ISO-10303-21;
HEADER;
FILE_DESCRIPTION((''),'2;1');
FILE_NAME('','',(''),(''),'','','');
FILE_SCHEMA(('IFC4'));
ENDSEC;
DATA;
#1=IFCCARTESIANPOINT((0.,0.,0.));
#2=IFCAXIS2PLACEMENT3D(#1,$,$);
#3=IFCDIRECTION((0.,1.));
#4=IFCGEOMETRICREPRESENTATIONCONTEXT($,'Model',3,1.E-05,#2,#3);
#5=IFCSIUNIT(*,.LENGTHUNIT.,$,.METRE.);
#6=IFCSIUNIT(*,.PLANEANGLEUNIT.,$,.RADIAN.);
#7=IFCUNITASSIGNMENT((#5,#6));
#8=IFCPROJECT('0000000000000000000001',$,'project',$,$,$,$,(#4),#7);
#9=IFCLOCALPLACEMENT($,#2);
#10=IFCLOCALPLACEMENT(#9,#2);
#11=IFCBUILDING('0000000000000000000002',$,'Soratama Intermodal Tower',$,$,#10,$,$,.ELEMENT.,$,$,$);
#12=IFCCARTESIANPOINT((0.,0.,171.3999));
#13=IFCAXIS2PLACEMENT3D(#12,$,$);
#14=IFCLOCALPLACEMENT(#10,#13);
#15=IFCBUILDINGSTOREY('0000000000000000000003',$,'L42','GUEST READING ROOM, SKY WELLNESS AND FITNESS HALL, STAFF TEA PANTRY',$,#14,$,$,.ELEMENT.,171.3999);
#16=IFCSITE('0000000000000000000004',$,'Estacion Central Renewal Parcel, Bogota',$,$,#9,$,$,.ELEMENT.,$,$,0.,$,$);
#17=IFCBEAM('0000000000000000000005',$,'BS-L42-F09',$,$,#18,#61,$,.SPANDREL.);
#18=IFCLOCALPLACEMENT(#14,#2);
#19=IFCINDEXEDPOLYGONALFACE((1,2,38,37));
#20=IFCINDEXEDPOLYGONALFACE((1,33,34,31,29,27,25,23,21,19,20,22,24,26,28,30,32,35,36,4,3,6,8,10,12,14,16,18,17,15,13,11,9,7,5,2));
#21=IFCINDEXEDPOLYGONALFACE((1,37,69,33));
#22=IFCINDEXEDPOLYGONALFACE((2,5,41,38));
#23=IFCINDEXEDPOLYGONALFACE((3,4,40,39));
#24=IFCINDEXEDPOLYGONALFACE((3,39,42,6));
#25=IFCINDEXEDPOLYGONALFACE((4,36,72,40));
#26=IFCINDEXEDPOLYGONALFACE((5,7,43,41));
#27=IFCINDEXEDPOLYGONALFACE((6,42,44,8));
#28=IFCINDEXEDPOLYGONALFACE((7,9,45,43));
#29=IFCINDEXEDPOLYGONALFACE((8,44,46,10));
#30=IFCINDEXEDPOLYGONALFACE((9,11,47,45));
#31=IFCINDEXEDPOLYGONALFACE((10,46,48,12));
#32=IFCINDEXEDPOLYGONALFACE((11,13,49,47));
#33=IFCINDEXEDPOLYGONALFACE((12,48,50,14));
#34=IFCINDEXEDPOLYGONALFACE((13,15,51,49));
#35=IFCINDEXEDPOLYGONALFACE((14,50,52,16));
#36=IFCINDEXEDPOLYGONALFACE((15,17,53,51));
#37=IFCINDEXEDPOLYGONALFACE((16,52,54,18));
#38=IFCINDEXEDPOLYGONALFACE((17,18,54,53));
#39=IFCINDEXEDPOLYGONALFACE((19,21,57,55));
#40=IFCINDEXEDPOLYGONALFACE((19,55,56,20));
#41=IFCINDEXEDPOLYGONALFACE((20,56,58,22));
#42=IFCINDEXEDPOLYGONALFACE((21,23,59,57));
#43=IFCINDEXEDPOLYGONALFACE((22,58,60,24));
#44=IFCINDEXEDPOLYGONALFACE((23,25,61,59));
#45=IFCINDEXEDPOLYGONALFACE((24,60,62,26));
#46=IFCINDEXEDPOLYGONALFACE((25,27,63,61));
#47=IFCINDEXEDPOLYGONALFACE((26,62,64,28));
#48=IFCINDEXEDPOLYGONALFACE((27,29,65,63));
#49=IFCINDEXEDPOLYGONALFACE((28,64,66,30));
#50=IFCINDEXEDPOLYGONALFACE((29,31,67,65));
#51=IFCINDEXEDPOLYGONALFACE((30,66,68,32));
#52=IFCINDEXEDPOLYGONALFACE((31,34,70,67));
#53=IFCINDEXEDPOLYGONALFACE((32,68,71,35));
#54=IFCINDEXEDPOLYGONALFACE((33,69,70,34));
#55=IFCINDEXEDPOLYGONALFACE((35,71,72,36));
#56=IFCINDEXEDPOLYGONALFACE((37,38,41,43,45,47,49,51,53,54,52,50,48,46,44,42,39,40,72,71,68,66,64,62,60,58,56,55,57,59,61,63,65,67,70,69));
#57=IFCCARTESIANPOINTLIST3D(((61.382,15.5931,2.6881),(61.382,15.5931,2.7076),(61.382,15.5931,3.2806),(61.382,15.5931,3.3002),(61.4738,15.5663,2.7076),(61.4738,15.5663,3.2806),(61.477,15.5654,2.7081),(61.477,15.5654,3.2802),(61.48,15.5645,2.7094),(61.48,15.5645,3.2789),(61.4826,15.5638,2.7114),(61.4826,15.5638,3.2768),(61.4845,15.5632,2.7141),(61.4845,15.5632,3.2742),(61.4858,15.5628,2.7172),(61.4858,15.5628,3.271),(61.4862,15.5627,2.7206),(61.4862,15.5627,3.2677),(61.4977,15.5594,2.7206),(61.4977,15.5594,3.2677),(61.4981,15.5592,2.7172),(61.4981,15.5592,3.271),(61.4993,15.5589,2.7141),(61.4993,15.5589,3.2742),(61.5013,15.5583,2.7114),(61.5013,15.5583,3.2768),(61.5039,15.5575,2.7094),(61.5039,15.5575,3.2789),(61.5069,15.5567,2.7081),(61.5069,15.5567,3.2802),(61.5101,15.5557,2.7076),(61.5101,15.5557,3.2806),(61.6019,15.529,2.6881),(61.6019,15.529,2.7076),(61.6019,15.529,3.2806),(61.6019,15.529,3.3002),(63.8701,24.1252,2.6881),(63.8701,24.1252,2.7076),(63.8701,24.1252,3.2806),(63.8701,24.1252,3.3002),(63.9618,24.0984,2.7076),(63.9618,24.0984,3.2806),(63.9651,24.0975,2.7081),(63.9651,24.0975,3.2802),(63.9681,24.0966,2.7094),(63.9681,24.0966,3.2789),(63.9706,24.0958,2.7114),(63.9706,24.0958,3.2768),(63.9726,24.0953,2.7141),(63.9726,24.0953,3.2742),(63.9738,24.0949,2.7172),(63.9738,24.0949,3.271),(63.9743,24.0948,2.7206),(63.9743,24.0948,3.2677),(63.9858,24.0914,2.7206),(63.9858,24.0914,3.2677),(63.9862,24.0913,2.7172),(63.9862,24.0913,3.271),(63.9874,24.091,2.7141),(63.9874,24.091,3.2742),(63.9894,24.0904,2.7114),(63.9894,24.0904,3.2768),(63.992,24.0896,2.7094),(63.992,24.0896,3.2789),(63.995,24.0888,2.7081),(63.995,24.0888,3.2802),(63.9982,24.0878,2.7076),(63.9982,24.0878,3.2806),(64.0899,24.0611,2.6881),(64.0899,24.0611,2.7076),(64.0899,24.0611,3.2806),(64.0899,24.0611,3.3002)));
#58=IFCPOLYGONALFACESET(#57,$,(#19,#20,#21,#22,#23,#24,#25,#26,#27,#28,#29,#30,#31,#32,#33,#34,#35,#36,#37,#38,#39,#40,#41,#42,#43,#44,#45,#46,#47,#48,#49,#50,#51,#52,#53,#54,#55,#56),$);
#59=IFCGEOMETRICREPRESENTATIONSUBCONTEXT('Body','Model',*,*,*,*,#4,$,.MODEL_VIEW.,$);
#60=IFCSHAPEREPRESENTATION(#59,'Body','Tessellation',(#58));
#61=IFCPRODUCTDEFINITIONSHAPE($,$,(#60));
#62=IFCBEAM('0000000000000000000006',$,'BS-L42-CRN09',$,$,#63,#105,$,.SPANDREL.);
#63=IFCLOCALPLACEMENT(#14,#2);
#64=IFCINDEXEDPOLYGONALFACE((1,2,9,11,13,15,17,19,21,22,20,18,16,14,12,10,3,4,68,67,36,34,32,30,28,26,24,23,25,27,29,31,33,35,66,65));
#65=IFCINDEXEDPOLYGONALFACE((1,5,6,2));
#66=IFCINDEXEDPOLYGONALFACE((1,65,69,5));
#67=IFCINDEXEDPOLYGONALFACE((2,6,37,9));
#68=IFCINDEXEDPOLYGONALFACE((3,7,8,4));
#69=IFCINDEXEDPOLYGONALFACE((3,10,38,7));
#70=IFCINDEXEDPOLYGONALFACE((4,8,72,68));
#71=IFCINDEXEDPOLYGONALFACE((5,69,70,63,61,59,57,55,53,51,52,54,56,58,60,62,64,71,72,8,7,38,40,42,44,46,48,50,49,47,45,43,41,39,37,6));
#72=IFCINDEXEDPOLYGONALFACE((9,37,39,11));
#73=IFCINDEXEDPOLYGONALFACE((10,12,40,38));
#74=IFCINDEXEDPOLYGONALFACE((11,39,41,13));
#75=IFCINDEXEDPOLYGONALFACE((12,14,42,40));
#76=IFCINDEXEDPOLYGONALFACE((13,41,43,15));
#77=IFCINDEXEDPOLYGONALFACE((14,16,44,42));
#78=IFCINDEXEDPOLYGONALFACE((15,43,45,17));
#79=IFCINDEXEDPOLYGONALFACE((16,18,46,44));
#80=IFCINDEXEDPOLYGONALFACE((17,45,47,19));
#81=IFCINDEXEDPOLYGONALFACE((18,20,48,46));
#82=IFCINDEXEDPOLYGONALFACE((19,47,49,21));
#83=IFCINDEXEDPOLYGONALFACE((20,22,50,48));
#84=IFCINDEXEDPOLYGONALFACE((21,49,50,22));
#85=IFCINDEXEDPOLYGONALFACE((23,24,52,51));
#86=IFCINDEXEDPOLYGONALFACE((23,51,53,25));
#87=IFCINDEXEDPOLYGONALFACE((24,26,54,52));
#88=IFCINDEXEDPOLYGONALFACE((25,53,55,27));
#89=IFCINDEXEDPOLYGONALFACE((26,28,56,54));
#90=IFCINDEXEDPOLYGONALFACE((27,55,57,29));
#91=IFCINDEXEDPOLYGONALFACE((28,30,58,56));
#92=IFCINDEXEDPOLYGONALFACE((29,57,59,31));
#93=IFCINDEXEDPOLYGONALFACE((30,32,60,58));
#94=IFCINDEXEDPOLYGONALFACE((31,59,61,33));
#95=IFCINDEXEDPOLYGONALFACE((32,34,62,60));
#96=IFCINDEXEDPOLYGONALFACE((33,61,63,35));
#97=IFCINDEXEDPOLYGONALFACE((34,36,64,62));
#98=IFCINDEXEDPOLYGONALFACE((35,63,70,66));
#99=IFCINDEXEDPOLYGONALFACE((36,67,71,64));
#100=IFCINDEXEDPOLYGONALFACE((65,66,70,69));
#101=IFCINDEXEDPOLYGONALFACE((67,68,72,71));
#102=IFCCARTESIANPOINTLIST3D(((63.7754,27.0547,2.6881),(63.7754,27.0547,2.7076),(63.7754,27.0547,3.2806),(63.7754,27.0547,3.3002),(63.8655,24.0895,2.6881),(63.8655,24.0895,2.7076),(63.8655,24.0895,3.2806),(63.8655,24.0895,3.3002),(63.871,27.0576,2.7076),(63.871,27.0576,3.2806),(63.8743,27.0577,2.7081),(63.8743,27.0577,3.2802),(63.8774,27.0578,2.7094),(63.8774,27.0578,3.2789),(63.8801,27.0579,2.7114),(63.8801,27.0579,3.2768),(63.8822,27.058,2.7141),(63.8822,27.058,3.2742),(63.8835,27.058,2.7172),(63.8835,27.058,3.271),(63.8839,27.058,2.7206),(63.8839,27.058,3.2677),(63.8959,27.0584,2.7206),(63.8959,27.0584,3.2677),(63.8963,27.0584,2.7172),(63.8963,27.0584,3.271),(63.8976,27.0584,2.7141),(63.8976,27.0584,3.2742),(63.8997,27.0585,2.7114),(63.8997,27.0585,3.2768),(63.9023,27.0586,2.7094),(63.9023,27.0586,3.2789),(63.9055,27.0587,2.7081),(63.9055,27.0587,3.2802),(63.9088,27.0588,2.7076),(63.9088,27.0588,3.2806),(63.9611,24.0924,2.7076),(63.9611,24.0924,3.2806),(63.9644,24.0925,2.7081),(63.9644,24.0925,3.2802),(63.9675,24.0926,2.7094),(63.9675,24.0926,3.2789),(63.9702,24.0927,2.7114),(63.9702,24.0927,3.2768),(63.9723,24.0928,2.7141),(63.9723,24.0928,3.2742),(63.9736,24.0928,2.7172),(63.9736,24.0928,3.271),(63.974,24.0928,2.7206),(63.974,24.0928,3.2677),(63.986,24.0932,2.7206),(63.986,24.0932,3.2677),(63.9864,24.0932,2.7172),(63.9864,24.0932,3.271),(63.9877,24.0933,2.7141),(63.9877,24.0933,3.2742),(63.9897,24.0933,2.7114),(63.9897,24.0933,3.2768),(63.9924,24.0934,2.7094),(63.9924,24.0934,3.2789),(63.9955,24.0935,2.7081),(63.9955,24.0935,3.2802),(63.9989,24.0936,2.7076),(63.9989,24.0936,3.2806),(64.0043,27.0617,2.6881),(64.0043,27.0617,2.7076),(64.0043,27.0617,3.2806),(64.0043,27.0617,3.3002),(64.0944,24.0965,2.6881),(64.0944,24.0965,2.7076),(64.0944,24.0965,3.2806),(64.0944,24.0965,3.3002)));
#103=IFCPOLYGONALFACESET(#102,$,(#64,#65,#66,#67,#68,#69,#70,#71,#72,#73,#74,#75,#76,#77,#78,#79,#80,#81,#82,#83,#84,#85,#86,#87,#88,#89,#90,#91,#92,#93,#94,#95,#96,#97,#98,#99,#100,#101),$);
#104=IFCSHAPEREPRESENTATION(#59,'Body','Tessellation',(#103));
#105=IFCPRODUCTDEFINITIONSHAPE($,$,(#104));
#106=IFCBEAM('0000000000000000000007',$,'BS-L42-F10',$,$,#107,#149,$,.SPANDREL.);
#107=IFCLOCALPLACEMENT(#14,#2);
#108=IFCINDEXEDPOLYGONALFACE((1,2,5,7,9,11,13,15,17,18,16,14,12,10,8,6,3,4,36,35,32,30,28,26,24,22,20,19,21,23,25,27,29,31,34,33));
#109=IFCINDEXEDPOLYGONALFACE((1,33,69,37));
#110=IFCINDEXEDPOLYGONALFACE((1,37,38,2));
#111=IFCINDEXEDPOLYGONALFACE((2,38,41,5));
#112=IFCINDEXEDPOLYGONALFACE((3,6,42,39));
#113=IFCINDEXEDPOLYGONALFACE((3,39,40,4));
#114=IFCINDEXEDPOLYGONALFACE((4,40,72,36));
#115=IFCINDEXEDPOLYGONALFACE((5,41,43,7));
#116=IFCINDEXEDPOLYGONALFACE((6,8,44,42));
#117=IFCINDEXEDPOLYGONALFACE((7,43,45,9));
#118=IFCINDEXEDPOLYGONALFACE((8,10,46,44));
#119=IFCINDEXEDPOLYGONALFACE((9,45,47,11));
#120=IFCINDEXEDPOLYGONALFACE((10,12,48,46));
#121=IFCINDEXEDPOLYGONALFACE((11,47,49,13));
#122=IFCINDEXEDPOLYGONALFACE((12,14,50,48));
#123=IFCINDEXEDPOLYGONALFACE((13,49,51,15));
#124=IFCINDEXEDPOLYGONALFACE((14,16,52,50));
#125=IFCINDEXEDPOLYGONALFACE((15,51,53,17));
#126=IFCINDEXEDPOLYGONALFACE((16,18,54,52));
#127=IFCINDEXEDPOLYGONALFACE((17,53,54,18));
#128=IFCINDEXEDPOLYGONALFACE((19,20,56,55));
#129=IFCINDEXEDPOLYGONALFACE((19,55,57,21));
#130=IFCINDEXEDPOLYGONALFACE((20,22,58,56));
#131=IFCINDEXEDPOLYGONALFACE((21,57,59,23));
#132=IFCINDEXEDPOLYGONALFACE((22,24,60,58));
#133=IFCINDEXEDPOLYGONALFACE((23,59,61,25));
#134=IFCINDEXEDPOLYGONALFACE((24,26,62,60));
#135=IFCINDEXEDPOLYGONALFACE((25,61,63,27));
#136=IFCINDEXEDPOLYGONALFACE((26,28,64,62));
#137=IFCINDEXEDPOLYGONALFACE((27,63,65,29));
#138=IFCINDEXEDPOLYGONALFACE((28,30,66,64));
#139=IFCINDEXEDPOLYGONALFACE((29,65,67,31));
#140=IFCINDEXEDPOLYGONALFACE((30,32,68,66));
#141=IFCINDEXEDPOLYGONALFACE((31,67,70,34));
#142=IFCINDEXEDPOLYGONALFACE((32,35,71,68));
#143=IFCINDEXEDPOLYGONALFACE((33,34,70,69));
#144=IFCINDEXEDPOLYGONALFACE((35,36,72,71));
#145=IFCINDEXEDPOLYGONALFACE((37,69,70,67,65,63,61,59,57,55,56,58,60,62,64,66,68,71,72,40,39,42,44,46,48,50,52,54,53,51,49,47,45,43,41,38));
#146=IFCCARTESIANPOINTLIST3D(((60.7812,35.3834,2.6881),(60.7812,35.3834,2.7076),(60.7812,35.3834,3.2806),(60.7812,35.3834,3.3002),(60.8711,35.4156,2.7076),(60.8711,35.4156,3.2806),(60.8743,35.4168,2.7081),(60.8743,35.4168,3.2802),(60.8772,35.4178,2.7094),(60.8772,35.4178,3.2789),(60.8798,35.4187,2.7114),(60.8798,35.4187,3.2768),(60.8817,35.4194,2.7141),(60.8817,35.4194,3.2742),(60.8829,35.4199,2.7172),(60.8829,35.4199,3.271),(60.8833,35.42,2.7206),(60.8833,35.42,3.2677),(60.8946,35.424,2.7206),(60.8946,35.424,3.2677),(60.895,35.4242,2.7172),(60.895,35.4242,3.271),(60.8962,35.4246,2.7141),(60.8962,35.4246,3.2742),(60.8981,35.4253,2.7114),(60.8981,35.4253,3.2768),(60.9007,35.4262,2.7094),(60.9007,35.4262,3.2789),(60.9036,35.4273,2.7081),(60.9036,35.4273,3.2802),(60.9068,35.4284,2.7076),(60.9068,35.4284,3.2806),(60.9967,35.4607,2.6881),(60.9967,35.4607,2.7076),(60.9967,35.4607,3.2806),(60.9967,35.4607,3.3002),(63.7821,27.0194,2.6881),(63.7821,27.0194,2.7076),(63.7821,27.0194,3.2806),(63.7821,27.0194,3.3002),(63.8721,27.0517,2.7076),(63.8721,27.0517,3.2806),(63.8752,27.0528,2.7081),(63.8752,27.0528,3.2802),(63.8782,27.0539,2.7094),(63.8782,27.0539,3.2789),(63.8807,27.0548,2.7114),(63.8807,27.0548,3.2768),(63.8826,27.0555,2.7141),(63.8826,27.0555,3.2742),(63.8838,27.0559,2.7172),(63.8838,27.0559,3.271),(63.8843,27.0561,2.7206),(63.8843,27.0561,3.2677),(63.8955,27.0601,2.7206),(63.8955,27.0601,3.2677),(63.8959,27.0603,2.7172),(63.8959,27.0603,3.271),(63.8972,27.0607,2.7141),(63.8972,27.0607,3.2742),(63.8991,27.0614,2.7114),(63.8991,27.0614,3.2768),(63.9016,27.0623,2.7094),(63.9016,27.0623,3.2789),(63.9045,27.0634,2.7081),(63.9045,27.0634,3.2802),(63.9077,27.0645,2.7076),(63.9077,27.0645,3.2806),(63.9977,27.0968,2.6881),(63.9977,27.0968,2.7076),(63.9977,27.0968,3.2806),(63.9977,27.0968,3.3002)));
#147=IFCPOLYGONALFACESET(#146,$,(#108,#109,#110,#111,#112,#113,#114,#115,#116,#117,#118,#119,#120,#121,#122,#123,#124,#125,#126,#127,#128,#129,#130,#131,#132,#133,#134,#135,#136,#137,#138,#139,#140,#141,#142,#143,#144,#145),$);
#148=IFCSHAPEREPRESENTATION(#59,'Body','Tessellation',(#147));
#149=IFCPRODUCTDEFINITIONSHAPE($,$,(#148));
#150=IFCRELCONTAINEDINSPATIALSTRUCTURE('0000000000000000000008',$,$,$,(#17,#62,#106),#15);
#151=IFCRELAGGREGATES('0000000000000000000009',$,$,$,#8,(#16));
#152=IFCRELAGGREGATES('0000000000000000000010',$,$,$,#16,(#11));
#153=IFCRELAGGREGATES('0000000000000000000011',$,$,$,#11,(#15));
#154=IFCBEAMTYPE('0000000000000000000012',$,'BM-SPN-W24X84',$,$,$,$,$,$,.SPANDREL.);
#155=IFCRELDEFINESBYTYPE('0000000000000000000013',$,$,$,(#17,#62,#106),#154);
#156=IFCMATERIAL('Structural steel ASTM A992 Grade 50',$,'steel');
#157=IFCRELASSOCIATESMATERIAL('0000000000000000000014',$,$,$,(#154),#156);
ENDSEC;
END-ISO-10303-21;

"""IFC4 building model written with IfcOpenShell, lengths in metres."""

from ifc_helpers import new_model, si_unit, direction, frame, origin, origin_2d, place, context, subcontext, project, spatial, i_section, extrude, material, material_profile, profile_set, type_object, element, save


model = new_model("IFC4")

# Units and contexts
model_context = context("Model", 3, precision=1e-05, world=origin(), true_north=direction((0.0, 1.0)))
body_context = subcontext(model_context, "Body", "Model", "MODEL_VIEW")
ifc_project = project(units=[si_unit("LENGTHUNIT", "METRE"), si_unit("PLANEANGLEUNIT", "RADIAN")], contexts=[model_context])

# Site, building, storey
site_placement = place(None, origin())
site = spatial("IfcSite", under=ifc_project, at=site_placement, Name="Estacion Central Renewal Parcel, Bogota", CompositionType="ELEMENT", RefElevation=0.0)
building_placement = place(site_placement, origin())
building = spatial("IfcBuilding", under=site, at=building_placement, Name="Soratama Intermodal Tower", CompositionType="ELEMENT")
storey_placement = place(building_placement, frame((0.0, 0.0, 171.3999)))
storey = spatial("IfcBuildingStorey", under=building, at=storey_placement, Name="L42", Description="GUEST READING ROOM, SKY WELLNESS AND FITNESS HALL, STAFF TEA PANTRY", CompositionType="ELEMENT", Elevation=171.3999)

# Beams
ifc_material_1 = material(Name="Structural steel ASTM A992 Grade 50", Category="steel")
ifc_material_profile_1 = material_profile(ifc_material_1, i_section(OverallWidth=0.229, OverallDepth=0.6121, WebThickness=0.012, FlangeThickness=0.0195, FilletRadius=0.0129, at=origin_2d()), Name="W24X84")
ifc_profile_set_1 = profile_set([ifc_material_profile_1], Name="Structural steel ASTM A992 Grade 50")
beam_type_1 = type_object("IfcBeamType", Name="BM-SPN-W24X84", PredefinedType="SPANDREL", material=ifc_profile_set_1)
beam_1_placement = place(storey_placement, frame((61.4919, 15.561, 2.9941), z_axis=(0.279953, 0.960014, 0.0), x_axis=(-0.960014, 0.279953, 0.0)))
element("IfcBeam", 1, at=beam_1_placement, inside=storey, type_object=beam_type_1, Name="BS-L42-F09", PredefinedType="SPANDREL", context=body_context, shape_type="SweptSolid", body=[
    extrude(i_section(OverallWidth=0.229, OverallDepth=0.6121, WebThickness=0.012, FlangeThickness=0.0195, FilletRadius=0.0129, at=origin_2d()), origin(), (0.0, 0.0, 1.0), 8.8875),
])
beam_2_placement = place(storey_placement, frame((63.98, 24.093, 2.9941), z_axis=(-0.030369, 0.999539, 0.0), x_axis=(-0.999539, -0.030369, 0.0)))
element("IfcBeam", 2, at=beam_2_placement, inside=storey, type_object=beam_type_1, Name="BS-L42-CRN09", PredefinedType="SPANDREL", context=body_context, shape_type="SweptSolid", body=[
    extrude(i_section(OverallWidth=0.229, OverallDepth=0.6121, WebThickness=0.012, FlangeThickness=0.0195, FilletRadius=0.0129, at=origin_2d()), origin(), (0.0, 0.0, 1.0), 2.9666),
])
beam_3_placement = place(storey_placement, frame((63.8899, 27.0581, 2.9941), z_axis=(-0.337716, 0.941248, 0.0), x_axis=(-0.941248, -0.337716, 0.0)))
element("IfcBeam", 3, at=beam_3_placement, inside=storey, type_object=beam_type_1, Name="BS-L42-F10", PredefinedType="SPANDREL", context=body_context, shape_type="SweptSolid", body=[
    extrude(i_section(OverallWidth=0.229, OverallDepth=0.6121, WebThickness=0.012, FlangeThickness=0.0195, FilletRadius=0.0129, at=origin_2d()), origin(), (0.0, 0.0, 1.0), 8.886),
])

save(model, "model.ifc")
